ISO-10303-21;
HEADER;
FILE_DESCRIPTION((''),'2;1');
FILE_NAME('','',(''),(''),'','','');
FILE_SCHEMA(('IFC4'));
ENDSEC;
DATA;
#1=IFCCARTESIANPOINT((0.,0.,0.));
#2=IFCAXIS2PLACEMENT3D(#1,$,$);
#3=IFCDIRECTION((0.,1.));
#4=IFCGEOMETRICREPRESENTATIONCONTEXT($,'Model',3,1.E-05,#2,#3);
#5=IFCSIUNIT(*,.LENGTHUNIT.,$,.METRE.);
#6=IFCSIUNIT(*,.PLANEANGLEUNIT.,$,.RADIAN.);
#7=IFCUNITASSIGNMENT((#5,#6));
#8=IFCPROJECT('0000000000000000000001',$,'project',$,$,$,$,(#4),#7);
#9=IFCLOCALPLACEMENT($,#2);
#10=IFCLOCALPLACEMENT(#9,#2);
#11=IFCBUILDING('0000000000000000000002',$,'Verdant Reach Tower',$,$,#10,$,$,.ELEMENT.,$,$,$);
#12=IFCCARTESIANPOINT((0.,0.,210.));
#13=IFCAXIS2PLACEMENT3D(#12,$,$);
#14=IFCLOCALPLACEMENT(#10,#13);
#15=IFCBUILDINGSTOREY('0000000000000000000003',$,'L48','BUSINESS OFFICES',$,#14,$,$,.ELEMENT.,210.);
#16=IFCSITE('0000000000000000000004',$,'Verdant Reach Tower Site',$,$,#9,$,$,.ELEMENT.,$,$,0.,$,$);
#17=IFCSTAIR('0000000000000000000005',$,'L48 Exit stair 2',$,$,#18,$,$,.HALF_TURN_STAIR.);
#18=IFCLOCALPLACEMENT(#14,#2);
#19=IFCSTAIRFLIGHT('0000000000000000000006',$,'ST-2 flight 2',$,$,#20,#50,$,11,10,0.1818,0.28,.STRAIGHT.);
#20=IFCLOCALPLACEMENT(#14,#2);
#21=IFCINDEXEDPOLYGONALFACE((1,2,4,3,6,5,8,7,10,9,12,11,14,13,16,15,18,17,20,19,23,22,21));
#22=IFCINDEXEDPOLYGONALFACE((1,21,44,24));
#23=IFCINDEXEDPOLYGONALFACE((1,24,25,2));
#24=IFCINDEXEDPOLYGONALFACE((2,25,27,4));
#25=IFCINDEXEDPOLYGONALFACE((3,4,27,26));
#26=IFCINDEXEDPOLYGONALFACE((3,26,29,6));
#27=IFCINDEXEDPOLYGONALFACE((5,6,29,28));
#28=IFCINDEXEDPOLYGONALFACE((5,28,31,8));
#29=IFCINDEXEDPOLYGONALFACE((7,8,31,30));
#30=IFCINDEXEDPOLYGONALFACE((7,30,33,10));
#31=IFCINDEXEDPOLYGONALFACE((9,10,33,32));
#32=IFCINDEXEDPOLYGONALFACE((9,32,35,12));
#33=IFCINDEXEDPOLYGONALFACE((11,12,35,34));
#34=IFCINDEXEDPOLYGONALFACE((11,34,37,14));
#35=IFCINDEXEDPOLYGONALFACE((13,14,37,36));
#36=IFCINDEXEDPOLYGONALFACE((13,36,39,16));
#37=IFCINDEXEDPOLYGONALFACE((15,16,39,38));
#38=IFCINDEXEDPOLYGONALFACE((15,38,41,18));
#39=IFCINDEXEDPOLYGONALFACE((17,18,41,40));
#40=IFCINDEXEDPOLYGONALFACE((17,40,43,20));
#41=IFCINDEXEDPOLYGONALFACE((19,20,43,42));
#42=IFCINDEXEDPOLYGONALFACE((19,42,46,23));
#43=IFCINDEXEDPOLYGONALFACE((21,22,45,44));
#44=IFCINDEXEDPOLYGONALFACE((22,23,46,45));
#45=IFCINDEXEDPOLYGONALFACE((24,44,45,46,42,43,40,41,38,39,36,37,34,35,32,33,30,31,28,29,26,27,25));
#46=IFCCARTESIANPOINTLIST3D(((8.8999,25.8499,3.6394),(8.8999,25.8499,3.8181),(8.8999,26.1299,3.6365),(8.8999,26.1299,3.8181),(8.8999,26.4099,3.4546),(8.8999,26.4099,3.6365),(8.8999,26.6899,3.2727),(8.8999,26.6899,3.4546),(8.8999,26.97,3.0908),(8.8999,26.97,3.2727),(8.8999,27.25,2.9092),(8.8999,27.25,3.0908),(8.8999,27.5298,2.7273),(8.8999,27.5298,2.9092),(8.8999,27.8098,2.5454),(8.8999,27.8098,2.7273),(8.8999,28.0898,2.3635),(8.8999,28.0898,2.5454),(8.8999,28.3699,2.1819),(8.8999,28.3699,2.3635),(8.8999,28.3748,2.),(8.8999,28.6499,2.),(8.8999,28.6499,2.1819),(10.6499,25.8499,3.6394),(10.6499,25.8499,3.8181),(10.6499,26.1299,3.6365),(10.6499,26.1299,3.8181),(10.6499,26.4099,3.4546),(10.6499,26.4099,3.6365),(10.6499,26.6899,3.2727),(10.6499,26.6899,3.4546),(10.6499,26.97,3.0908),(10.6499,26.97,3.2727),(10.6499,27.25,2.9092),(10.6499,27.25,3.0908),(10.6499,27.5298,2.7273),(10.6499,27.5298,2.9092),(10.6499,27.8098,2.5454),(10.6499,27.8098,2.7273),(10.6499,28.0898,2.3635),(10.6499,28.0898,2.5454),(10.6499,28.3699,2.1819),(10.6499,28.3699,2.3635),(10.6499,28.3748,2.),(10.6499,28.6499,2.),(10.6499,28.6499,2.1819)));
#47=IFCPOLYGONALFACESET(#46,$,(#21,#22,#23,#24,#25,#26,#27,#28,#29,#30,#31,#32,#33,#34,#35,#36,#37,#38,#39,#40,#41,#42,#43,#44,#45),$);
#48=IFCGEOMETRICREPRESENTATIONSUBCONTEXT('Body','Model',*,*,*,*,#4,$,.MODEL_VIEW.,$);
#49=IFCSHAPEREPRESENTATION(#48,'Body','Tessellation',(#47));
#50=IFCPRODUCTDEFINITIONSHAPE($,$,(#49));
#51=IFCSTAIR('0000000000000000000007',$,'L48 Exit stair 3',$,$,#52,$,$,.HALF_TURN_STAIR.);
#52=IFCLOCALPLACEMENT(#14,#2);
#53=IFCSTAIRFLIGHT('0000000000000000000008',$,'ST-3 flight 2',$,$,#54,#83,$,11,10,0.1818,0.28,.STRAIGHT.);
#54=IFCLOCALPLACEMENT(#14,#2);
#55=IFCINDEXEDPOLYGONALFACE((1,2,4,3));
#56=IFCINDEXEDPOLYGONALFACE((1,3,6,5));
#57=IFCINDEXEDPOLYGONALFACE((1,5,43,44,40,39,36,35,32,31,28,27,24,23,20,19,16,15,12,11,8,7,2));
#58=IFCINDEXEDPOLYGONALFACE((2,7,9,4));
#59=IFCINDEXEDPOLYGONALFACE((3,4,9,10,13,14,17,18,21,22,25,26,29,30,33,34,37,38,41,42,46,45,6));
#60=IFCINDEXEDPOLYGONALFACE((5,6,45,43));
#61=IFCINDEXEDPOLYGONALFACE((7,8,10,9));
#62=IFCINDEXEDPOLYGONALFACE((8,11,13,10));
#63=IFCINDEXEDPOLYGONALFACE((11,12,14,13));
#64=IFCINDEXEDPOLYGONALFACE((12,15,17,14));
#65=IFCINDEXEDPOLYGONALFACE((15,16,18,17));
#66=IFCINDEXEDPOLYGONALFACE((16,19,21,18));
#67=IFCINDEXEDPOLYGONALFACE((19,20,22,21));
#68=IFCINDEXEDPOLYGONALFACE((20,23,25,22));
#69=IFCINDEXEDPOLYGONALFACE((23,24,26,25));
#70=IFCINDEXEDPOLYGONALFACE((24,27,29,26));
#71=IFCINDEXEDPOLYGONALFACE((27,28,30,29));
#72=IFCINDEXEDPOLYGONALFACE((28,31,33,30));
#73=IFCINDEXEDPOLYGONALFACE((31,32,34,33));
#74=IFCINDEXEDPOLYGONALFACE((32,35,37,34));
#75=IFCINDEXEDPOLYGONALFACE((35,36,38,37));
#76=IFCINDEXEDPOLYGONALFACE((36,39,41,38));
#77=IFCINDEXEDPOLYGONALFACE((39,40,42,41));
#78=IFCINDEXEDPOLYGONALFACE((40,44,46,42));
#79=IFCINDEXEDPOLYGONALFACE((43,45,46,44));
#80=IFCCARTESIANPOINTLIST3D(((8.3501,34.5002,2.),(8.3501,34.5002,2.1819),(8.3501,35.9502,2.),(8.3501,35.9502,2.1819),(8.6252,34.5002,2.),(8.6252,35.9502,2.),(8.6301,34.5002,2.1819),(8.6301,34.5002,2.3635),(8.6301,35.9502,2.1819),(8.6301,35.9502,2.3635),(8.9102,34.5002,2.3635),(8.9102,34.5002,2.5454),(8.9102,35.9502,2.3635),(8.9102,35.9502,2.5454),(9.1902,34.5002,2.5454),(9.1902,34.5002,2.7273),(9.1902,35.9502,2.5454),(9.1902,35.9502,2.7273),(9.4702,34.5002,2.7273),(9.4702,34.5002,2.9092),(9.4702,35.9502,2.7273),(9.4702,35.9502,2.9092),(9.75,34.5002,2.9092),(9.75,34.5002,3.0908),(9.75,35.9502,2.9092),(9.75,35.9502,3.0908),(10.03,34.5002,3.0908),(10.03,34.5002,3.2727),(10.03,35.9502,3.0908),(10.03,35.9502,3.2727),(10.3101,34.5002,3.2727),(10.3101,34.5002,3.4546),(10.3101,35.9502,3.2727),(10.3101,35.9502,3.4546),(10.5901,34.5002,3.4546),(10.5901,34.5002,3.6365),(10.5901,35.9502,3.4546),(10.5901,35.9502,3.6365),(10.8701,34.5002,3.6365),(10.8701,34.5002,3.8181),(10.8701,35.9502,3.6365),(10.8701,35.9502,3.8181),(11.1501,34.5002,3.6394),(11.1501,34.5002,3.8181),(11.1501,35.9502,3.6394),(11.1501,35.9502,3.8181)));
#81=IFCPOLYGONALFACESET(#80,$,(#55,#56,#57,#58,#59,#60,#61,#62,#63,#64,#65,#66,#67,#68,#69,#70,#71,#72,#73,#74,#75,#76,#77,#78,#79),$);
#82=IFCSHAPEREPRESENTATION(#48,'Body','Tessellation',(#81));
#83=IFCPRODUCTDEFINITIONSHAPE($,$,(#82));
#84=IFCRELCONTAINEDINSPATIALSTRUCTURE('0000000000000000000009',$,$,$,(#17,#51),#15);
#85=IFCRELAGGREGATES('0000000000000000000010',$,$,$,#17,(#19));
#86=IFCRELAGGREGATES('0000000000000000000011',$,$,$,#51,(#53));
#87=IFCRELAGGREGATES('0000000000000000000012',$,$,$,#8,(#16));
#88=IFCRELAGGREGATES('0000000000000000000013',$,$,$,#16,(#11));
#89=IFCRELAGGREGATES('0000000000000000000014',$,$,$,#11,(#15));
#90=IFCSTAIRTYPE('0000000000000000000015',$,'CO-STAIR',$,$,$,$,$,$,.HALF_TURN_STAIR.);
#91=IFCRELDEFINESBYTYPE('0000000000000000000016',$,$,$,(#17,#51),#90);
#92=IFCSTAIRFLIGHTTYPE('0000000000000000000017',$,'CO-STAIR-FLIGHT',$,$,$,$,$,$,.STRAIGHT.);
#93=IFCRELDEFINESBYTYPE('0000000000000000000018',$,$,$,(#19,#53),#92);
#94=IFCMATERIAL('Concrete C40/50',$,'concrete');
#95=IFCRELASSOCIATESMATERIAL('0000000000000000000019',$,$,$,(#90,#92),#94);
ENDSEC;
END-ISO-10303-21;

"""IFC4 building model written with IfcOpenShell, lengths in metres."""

from ifc_helpers import new_model, si_unit, direction, frame, origin, place, context, subcontext, project, spatial, polyline, outline, extrude, material, type_object, element, aggregate, save


model = new_model("IFC4")

# Units and contexts
model_context = context("Model", 3, precision=1e-05, world=origin(), true_north=direction((0.0, 1.0)))
body_context = subcontext(model_context, "Body", "Model", "MODEL_VIEW")
ifc_project = project(units=[si_unit("LENGTHUNIT", "METRE"), si_unit("PLANEANGLEUNIT", "RADIAN")], contexts=[model_context])

# Site, building, storey
site_placement = place(None, origin())
site = spatial("IfcSite", under=ifc_project, at=site_placement, Name="Verdant Reach Tower Site", CompositionType="ELEMENT", RefElevation=0.0)
building_placement = place(site_placement, origin())
building = spatial("IfcBuilding", under=site, at=building_placement, Name="Verdant Reach Tower", CompositionType="ELEMENT")
storey_placement = place(building_placement, frame((0.0, 0.0, 210.0)))
storey = spatial("IfcBuildingStorey", under=building, at=storey_placement, Name="L48", Description="BUSINESS OFFICES", CompositionType="ELEMENT", Elevation=210.0)

# Shared definitions
ifc_material_1 = material(Name="Concrete C40/50", Category="concrete")

# Stair, stair flight
stair_type = type_object("IfcStairType", Name="CO-STAIR", PredefinedType="HALF_TURN_STAIR", material=ifc_material_1)
stair_1_placement = place(storey_placement, origin())
stair_1 = element("IfcStair", 1, at=stair_1_placement, inside=storey, type_object=stair_type, Name="L48 Exit stair 2", PredefinedType="HALF_TURN_STAIR")
stair_flight_type = type_object("IfcStairFlightType", Name="CO-STAIR-FLIGHT", PredefinedType="STRAIGHT", material=ifc_material_1)
stair_flight_1_placement = place(storey_placement, frame((9.7749, 28.6499, 2.0), z_axis=(0.0, 0.0, 1.0), x_axis=(0.0, -1.0, 0.0)))
stair_flight_1 = element("IfcStairFlight", 2, at=stair_flight_1_placement, type_object=stair_flight_type, Name="ST-2 flight 2", NumberOfRisers=11, NumberOfTreads=10, PredefinedType="STRAIGHT", RiserHeight=0.1818, TreadLength=0.28, context=body_context, shape_type="SweptSolid", body=[
    extrude(outline(polyline([(0.0, 0.0), (0.0, 0.1819), (0.28, 0.1819), (0.28, 0.3635), (0.5601, 0.3635), (0.5601, 0.5454), (0.8401, 0.5454), (0.8401, 0.7273), (1.1201, 0.7273), (1.1201, 0.9092), (1.3999, 0.9092), (1.3999, 1.0908), (1.6799, 1.0908), (1.6799, 1.2727), (1.96, 1.2727), (1.96, 1.4546), (2.24, 1.4546), (2.24, 1.6365), (2.52, 1.6365), (2.52, 1.8181), (2.8, 1.8181), (2.8, 2.0), (2.8, 1.6394), (0.2751, 0.0), (0.0, 0.0)])), frame((0.0, 0.875, 0.0), z_axis=(0.0, -1.0, 0.0), x_axis=(1.0, 0.0, 0.0)), (0.0, 0.0, 1.0), 1.75),
])
aggregate(stair_1, [stair_flight_1])

# Stair, stair flight
stair_2_placement = place(storey_placement, origin())
stair_2 = element("IfcStair", 3, at=stair_2_placement, inside=storey, type_object=stair_type, Name="L48 Exit stair 3", PredefinedType="HALF_TURN_STAIR")
stair_flight_2_placement = place(storey_placement, frame((8.3501, 35.2251, 2.0), z_axis=(0.0, 0.0, 1.0), x_axis=(1.0, 0.0, 0.0)))
stair_flight_2 = element("IfcStairFlight", 4, at=stair_flight_2_placement, type_object=stair_flight_type, Name="ST-3 flight 2", NumberOfRisers=11, NumberOfTreads=10, PredefinedType="STRAIGHT", RiserHeight=0.1818, TreadLength=0.28, context=body_context, shape_type="SweptSolid", body=[
    extrude(outline(polyline([(0.0, 0.0), (0.0, 0.1819), (0.28, 0.1819), (0.28, 0.3635), (0.5601, 0.3635), (0.5601, 0.5454), (0.8401, 0.5454), (0.8401, 0.7273), (1.1201, 0.7273), (1.1201, 0.9092), (1.3999, 0.9092), (1.3999, 1.0908), (1.6799, 1.0908), (1.6799, 1.2727), (1.96, 1.2727), (1.96, 1.4546), (2.24, 1.4546), (2.24, 1.6365), (2.52, 1.6365), (2.52, 1.8181), (2.8, 1.8181), (2.8, 2.0), (2.8, 1.6394), (0.2751, 0.0), (0.0, 0.0)])), frame((0.0, 0.7251, 0.0), z_axis=(0.0, -1.0, 0.0), x_axis=(1.0, 0.0, 0.0)), (0.0, 0.0, 1.0), 1.45),
])
aggregate(stair_2, [stair_flight_2])

save(model, "model.ifc")
